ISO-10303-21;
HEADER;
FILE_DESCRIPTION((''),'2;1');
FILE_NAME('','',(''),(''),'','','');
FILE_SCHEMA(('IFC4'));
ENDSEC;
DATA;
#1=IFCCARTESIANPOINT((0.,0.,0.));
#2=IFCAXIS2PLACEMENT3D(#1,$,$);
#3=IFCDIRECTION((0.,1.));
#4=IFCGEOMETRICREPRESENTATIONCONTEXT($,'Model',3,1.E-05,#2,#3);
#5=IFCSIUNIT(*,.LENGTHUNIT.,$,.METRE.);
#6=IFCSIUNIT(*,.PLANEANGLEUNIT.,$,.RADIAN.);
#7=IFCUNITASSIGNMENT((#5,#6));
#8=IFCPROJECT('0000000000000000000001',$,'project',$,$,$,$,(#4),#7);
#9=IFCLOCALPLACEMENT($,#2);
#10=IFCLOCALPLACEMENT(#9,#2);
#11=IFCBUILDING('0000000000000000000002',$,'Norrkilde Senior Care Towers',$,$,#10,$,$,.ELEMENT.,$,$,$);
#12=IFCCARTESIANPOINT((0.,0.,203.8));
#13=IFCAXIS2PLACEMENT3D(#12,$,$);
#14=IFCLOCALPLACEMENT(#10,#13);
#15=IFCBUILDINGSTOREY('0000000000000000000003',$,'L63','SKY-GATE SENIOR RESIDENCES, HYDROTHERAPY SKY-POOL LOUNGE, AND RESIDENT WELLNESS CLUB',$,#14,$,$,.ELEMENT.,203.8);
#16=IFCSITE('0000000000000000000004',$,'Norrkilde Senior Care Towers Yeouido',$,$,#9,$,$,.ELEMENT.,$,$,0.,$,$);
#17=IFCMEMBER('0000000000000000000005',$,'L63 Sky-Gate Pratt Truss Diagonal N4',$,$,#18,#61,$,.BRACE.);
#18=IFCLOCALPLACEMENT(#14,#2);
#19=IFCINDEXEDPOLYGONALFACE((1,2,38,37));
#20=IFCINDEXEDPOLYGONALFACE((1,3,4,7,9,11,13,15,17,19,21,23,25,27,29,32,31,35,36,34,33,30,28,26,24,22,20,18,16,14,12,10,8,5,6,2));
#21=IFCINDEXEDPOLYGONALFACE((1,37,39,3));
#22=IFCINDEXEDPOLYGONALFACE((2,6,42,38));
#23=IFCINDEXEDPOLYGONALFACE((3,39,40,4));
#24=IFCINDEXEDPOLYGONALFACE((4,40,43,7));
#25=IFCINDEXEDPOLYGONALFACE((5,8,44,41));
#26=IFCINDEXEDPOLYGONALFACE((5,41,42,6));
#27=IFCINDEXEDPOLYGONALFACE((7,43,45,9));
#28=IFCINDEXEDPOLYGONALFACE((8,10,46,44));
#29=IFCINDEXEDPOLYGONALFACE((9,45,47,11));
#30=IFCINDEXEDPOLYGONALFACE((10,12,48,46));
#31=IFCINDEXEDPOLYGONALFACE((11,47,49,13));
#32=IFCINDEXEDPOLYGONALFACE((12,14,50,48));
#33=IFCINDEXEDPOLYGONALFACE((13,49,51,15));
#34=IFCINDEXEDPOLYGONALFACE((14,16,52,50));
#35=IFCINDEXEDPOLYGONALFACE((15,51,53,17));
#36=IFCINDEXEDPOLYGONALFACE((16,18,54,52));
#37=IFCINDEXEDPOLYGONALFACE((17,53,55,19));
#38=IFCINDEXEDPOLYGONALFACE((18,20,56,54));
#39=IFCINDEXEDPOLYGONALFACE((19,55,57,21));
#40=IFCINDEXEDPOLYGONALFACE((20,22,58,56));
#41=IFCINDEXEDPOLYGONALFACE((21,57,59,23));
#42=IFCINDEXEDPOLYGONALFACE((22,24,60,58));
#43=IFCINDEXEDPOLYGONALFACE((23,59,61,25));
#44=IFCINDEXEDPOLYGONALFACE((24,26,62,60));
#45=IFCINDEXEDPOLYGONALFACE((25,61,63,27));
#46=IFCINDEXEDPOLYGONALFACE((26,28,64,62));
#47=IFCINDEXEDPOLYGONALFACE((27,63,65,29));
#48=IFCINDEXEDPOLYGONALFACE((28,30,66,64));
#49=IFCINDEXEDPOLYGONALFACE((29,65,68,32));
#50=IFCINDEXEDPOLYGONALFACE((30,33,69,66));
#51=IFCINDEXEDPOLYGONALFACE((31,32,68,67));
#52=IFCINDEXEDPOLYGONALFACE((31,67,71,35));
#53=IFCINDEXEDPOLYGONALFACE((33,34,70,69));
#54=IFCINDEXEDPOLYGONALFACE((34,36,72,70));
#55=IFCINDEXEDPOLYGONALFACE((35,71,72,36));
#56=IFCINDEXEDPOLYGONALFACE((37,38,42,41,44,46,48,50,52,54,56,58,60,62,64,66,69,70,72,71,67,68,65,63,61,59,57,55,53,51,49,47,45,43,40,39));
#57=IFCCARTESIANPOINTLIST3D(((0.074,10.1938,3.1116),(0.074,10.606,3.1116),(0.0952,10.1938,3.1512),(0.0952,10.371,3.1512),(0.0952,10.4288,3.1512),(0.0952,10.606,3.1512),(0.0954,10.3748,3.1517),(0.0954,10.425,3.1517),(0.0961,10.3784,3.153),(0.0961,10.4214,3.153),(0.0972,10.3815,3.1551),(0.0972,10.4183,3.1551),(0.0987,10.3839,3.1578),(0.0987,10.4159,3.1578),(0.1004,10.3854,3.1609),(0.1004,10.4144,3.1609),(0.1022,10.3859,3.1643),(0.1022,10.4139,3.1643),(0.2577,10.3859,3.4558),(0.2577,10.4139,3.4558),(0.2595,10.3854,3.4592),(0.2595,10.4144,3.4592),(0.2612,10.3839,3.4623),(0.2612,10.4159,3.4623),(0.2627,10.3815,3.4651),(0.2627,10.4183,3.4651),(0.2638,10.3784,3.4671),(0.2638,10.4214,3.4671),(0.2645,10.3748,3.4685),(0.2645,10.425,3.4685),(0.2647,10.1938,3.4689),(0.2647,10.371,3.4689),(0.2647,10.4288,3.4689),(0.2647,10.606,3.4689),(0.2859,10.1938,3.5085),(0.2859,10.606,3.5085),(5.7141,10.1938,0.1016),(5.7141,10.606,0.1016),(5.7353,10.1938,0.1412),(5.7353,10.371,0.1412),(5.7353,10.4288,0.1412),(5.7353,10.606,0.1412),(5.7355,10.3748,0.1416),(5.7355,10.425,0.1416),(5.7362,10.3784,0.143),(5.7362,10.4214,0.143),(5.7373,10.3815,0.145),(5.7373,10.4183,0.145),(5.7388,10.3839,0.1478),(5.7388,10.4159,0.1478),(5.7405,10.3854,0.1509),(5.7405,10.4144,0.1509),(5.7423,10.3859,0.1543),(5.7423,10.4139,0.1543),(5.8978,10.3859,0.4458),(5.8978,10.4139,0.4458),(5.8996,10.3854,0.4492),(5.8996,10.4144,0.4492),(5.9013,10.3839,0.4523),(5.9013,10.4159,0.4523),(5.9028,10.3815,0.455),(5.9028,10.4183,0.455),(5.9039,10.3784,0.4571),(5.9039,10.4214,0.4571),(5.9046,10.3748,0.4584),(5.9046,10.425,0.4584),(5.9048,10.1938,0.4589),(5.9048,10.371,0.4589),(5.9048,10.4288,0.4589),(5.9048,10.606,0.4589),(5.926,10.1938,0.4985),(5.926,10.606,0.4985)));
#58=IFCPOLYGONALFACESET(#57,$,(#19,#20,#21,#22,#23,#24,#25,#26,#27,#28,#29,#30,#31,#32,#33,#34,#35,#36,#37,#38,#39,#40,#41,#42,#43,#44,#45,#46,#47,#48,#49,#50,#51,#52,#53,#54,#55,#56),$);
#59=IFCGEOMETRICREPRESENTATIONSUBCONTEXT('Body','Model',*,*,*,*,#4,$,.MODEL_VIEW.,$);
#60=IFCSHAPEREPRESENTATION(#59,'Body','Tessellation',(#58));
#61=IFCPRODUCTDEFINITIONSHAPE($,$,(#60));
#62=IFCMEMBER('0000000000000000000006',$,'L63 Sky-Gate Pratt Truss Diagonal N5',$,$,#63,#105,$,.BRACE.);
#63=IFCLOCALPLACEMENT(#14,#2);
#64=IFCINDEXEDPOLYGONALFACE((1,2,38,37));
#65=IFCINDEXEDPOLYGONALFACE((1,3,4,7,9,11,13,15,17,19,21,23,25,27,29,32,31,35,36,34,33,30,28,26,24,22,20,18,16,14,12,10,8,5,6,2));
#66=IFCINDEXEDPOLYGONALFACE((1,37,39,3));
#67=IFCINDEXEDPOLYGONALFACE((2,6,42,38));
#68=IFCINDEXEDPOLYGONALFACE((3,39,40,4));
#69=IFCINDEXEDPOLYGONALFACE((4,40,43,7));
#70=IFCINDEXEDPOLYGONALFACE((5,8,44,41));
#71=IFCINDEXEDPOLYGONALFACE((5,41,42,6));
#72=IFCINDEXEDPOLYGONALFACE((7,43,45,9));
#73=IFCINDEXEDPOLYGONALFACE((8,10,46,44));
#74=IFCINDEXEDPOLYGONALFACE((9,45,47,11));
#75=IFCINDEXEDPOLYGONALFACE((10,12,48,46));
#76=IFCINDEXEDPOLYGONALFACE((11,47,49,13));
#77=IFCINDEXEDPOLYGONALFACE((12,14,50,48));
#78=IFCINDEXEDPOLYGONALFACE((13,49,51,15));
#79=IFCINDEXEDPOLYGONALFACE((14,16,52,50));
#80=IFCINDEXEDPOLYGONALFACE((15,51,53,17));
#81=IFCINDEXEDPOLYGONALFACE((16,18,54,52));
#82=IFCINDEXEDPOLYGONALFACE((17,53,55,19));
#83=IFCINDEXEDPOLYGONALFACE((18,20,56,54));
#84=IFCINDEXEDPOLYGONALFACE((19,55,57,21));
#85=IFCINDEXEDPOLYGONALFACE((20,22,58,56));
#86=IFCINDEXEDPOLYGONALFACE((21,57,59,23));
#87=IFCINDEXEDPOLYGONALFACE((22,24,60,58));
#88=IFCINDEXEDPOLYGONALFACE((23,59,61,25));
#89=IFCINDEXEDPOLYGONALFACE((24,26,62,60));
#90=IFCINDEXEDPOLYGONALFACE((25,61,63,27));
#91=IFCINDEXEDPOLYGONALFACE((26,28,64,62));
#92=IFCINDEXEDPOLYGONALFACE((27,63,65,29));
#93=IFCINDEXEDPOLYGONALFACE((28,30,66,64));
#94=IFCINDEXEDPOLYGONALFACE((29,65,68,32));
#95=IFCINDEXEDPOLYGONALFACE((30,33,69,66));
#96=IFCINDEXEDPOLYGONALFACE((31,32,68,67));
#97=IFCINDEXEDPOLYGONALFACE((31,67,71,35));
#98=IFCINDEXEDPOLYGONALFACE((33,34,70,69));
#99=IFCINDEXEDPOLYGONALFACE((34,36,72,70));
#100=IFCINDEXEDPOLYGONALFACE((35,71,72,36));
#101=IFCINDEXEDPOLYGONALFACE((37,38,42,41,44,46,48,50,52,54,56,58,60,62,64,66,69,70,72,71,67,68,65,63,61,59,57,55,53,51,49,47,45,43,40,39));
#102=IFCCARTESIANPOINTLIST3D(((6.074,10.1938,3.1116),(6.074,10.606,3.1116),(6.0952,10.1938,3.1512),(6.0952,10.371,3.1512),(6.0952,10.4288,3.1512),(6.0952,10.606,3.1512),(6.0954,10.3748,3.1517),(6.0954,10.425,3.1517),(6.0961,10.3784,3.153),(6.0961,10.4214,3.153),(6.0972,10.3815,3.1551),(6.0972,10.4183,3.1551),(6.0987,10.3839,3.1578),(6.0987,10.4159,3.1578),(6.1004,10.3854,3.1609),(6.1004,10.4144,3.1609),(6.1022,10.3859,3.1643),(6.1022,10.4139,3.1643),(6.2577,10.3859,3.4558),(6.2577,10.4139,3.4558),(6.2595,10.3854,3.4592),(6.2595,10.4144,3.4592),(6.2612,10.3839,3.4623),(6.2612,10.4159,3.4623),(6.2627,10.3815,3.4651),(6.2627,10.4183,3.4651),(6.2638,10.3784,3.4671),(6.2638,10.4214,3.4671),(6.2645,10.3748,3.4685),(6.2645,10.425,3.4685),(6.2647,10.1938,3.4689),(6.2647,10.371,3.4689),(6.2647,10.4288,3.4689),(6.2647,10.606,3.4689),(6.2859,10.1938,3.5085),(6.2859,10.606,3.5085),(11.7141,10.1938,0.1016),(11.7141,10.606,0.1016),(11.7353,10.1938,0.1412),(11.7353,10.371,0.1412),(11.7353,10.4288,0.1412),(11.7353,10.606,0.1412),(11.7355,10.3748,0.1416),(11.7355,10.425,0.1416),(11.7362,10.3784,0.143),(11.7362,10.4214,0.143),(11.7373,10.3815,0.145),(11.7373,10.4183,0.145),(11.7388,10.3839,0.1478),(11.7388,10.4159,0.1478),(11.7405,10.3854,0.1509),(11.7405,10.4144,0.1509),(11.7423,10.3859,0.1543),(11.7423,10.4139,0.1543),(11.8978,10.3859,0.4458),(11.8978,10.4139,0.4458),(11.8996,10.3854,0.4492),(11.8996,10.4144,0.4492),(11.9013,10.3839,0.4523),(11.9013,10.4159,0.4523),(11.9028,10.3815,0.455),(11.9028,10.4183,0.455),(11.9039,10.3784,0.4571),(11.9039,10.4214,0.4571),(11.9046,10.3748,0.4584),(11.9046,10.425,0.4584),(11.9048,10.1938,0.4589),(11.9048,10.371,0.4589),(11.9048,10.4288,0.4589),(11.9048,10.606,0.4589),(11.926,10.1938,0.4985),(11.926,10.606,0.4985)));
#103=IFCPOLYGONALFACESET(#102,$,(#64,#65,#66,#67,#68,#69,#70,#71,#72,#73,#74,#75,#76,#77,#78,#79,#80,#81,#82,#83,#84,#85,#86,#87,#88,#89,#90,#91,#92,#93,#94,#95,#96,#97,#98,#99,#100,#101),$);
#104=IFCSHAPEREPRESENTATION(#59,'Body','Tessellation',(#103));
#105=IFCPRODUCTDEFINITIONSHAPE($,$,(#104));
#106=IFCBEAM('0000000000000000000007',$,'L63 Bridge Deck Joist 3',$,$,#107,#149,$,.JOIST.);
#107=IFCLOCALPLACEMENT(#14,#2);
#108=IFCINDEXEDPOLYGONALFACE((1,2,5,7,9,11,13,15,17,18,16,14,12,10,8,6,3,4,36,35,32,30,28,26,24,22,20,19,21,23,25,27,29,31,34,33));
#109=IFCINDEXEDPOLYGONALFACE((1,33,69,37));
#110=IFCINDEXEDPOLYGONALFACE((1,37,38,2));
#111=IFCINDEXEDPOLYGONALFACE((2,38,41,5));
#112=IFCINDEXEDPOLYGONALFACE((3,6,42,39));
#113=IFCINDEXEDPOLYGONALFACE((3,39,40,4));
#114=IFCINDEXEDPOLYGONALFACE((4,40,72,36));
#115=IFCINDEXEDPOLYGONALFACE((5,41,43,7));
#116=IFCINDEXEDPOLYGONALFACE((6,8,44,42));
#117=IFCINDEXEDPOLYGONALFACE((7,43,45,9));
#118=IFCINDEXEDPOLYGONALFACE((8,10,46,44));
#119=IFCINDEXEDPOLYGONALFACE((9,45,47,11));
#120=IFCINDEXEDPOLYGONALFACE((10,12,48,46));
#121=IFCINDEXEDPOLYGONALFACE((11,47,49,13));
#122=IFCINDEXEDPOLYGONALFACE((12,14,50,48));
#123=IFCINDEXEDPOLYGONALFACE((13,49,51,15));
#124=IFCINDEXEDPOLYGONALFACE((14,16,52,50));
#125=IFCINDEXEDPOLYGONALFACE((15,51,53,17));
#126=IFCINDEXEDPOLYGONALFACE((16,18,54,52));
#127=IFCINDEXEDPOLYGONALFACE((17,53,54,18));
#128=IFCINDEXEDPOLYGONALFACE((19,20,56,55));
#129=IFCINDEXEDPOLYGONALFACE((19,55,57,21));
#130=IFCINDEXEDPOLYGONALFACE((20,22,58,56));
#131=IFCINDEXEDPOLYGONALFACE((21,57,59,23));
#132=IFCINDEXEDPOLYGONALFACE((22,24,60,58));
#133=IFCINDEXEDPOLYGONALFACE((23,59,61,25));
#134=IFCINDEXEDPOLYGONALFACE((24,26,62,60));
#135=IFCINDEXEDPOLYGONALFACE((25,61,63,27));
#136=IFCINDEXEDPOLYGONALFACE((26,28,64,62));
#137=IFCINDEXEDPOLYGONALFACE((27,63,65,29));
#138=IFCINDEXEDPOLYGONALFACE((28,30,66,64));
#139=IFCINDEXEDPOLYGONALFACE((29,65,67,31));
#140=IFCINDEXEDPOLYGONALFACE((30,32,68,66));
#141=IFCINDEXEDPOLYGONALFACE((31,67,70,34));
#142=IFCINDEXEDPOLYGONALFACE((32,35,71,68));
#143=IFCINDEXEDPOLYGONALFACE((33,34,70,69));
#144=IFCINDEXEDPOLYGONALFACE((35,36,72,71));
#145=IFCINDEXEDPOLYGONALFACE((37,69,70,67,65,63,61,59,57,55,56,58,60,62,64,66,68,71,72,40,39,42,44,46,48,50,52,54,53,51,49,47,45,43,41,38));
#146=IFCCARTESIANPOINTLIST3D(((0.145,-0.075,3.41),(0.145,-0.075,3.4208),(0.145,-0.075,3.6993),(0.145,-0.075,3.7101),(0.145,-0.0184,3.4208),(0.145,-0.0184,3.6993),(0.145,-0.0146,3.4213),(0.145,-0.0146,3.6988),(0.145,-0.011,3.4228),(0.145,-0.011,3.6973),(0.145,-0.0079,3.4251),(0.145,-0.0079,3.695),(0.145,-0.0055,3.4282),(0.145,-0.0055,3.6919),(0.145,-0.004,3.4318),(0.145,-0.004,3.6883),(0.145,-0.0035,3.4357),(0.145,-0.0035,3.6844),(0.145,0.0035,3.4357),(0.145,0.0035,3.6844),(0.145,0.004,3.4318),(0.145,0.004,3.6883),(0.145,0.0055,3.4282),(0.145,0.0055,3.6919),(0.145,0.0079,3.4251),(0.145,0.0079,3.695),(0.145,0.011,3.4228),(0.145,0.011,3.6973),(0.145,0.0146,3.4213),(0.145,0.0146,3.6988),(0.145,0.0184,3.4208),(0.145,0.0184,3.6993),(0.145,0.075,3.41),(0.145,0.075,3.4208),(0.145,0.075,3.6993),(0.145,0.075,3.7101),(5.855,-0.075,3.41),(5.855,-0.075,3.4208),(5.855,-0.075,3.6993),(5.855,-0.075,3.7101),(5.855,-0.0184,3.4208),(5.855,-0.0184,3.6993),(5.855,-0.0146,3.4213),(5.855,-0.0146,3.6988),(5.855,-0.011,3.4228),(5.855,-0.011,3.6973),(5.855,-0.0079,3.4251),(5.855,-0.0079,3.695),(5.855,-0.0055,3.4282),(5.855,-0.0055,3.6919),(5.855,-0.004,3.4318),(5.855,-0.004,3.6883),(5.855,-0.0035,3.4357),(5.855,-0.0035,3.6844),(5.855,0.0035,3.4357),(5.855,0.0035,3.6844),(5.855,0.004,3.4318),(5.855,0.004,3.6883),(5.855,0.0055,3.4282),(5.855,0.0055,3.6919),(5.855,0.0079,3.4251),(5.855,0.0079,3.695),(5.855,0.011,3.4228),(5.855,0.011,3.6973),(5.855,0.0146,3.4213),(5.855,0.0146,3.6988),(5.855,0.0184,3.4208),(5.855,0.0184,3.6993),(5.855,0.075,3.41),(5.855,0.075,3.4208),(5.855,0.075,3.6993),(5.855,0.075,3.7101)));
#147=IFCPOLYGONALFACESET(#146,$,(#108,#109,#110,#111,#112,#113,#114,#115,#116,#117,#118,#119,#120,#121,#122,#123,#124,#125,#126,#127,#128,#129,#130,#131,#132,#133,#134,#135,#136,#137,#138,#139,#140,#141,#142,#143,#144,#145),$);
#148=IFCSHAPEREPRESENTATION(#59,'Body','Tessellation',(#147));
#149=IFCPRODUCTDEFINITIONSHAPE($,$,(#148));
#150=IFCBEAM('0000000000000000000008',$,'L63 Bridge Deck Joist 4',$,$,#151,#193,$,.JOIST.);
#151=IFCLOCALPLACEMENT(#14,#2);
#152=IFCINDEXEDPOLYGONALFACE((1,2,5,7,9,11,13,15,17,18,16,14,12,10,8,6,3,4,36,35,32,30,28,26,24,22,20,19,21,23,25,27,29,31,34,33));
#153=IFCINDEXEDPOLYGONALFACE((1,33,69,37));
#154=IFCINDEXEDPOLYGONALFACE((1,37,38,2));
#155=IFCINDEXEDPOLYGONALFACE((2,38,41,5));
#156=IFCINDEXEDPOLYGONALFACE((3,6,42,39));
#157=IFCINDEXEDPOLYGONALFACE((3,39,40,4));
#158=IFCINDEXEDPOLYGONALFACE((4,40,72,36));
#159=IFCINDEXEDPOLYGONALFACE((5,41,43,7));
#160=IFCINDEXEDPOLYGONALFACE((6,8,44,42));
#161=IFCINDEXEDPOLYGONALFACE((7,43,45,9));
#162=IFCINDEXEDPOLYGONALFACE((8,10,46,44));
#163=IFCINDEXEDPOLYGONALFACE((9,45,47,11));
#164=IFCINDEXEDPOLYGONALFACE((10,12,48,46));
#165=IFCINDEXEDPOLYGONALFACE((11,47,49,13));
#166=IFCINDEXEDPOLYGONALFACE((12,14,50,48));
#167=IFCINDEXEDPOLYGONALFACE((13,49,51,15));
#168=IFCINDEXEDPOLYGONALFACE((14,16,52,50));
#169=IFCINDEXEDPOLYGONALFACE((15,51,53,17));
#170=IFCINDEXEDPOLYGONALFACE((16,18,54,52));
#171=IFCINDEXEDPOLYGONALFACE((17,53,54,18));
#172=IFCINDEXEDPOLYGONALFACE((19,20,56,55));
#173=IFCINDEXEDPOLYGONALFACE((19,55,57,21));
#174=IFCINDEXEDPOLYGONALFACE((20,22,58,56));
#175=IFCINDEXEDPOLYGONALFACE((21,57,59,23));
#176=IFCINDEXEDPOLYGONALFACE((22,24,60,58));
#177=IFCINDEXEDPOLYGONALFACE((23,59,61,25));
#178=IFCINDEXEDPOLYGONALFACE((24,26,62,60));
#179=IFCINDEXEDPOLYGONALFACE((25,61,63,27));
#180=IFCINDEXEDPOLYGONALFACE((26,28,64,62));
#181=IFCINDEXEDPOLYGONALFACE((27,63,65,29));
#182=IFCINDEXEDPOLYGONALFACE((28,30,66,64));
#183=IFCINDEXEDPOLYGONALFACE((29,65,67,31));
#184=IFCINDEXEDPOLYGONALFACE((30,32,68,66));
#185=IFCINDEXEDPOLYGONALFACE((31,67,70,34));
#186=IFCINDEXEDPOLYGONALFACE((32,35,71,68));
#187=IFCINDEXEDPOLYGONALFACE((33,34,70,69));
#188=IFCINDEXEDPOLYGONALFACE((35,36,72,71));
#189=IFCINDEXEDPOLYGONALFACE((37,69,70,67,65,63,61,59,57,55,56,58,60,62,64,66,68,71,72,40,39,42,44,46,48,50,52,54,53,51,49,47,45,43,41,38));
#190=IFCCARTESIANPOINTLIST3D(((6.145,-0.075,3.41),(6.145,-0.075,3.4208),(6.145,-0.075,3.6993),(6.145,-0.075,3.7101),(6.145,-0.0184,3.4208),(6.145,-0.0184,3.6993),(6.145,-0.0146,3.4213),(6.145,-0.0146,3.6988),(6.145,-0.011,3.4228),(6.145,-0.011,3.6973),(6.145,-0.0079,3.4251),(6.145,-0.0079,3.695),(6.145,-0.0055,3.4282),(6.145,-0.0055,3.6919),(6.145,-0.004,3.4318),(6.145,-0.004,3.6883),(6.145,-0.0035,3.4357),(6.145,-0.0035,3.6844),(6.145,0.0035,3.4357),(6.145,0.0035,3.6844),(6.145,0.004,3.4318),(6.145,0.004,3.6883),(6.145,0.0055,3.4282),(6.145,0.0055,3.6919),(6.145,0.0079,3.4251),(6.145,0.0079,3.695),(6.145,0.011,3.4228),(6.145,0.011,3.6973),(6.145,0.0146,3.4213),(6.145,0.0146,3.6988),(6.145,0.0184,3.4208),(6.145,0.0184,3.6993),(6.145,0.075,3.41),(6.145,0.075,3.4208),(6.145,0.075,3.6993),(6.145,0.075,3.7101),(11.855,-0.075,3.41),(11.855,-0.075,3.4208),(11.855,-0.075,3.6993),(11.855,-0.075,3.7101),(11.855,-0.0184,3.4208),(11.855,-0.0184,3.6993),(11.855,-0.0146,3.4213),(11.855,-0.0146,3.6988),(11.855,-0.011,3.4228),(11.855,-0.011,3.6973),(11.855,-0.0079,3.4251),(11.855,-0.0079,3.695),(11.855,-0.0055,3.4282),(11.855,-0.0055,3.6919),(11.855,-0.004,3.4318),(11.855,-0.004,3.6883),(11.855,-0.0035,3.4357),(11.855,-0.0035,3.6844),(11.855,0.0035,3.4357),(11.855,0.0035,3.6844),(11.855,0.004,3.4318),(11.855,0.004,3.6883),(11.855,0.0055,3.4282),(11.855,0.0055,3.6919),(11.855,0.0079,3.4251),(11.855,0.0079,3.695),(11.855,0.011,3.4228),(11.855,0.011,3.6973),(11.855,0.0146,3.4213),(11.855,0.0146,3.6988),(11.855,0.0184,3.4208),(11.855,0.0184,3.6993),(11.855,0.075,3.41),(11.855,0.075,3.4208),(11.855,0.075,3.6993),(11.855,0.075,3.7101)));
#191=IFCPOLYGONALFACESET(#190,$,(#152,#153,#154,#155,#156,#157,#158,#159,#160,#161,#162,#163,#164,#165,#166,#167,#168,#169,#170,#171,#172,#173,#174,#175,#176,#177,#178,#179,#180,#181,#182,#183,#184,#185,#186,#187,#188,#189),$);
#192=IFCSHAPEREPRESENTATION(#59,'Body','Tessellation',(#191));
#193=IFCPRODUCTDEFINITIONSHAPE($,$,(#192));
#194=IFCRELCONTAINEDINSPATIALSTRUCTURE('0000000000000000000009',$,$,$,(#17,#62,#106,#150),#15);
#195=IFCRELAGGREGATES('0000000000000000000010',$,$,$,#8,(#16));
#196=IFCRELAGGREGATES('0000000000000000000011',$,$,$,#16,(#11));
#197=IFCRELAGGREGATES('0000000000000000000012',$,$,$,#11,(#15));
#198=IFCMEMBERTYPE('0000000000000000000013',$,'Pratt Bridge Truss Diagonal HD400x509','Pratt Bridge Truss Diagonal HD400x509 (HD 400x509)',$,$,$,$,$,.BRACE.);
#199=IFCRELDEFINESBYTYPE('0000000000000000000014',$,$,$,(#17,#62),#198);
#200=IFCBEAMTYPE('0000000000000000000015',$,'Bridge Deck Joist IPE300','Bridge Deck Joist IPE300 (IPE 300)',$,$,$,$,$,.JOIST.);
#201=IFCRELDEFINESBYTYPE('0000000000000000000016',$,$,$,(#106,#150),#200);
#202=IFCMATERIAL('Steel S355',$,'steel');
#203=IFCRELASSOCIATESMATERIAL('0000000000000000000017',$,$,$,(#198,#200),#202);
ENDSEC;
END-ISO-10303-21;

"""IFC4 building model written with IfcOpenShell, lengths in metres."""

from ifc_helpers import new_model, si_unit, direction, frame, origin, origin_2d, place, context, subcontext, project, spatial, i_section, extrude, source, transform, mapped, material, material_profile, profile_set, type_object, type_shapes, element, save


model = new_model("IFC4")

# Units and contexts
model_context = context("Model", 3, precision=1e-05, world=origin(), true_north=direction((0.0, 1.0)))
body_context = subcontext(model_context, "Body", "Model", "MODEL_VIEW")
ifc_project = project(units=[si_unit("LENGTHUNIT", "METRE"), si_unit("PLANEANGLEUNIT", "RADIAN")], contexts=[model_context])

# Site, building, storey
site_placement = place(None, origin())
site = spatial("IfcSite", under=ifc_project, at=site_placement, Name="Norrkilde Senior Care Towers Yeouido", CompositionType="ELEMENT", RefElevation=0.0)
building_placement = place(site_placement, origin())
building = spatial("IfcBuilding", under=site, at=building_placement, Name="Norrkilde Senior Care Towers", CompositionType="ELEMENT")
storey_placement = place(building_placement, frame((0.0, 0.0, 203.8)))
storey = spatial("IfcBuildingStorey", under=building, at=storey_placement, Name="L63", Description="SKY-GATE SENIOR RESIDENCES, HYDROTHERAPY SKY-POOL LOUNGE, AND RESIDENT WELLNESS CLUB", CompositionType="ELEMENT", Elevation=203.8)

# Shared definitions
ifc_material_1 = material(Name="Steel S355", Category="steel")

# Members
ifc_material_profile_1 = material_profile(ifc_material_1, i_section(OverallWidth=0.4121, OverallDepth=0.45, WebThickness=0.0281, FlangeThickness=0.0449, FilletRadius=0.0149, at=origin_2d()), Name="HD 400x509")
ifc_profile_set_1 = profile_set([ifc_material_profile_1], Name="Steel S355")
member_type_1 = type_object("IfcMemberType", Name="Pratt Bridge Truss Diagonal HD400x509", Description="Pratt Bridge Truss Diagonal HD400x509 (HD 400x509)", PredefinedType="BRACE", material=ifc_profile_set_1)
shared_shape_1 = source(origin(), body_context, "Body", "SweptSolid", [
    extrude(i_section(OverallWidth=0.4121, OverallDepth=0.45, WebThickness=0.0281, FlangeThickness=0.0449, FilletRadius=0.0149, at=origin_2d()), origin(), (0.0, 0.0, 1.0), 6.3931),
])
type_shapes(member_type_1, [shared_shape_1])
for number, where, z_axis, x_axis, name in (
    (1, (5.8201, 10.3999, 0.3), (-0.882227, 0.0, 0.470824), (0.0, -1.0, 0.0), "L63 Sky-Gate Pratt Truss Diagonal N4"),
    (2, (11.8201, 10.3999, 0.3), (-0.882227, 0.0, 0.470824), (0.0, -1.0, 0.0), "L63 Sky-Gate Pratt Truss Diagonal N5"),
):
    element("IfcMember", number, at=place(storey_placement, frame(where, z_axis=z_axis, x_axis=x_axis)), inside=storey, type_object=member_type_1, Name=name, PredefinedType="BRACE", context=body_context, shape_type="MappedRepresentation", body=[
        mapped(shared_shape_1, transform((0.0, 0.0, 0.0), x_axis=(1.0, 0.0, 0.0), y_axis=(0.0, 1.0, 0.0), z_axis=(0.0, 0.0, 1.0), scale=1.0)),
    ])

# Beams
ifc_material_profile_2 = material_profile(ifc_material_1, i_section(OverallWidth=0.1499, OverallDepth=0.3, WebThickness=0.0071, FlangeThickness=0.0107, FilletRadius=0.0149, at=origin_2d()), Name="IPE 300")
ifc_profile_set_2 = profile_set([ifc_material_profile_2], Name="Steel S355")
beam_type_1 = type_object("IfcBeamType", Name="Bridge Deck Joist IPE300", Description="Bridge Deck Joist IPE300 (IPE 300)", PredefinedType="JOIST", material=ifc_profile_set_2)
shared_shape_2 = source(origin(), body_context, "Body", "SweptSolid", [
    extrude(i_section(OverallWidth=0.1499, OverallDepth=0.3, WebThickness=0.0071, FlangeThickness=0.0107, FilletRadius=0.0149, at=origin_2d()), origin(), (0.0, 0.0, 1.0), 5.71),
])
type_shapes(beam_type_1, [shared_shape_2])
for number, where, z_axis, x_axis, name in (
    (3, (0.145, 0.0, 3.5601), (1.0, 0.0, 0.0), (0.0, 1.0, 0.0), "L63 Bridge Deck Joist 3"),
    (4, (6.145, 0.0, 3.5601), (1.0, 0.0, 0.0), (0.0, 1.0, 0.0), "L63 Bridge Deck Joist 4"),
):
    element("IfcBeam", number, at=place(storey_placement, frame(where, z_axis=z_axis, x_axis=x_axis)), inside=storey, type_object=beam_type_1, Name=name, PredefinedType="JOIST", context=body_context, shape_type="MappedRepresentation", body=[
        mapped(shared_shape_2, transform((0.0, 0.0, 0.0), x_axis=(1.0, 0.0, 0.0), y_axis=(0.0, 1.0, 0.0), z_axis=(0.0, 0.0, 1.0), scale=1.0)),
    ])

save(model, "model.ifc")
